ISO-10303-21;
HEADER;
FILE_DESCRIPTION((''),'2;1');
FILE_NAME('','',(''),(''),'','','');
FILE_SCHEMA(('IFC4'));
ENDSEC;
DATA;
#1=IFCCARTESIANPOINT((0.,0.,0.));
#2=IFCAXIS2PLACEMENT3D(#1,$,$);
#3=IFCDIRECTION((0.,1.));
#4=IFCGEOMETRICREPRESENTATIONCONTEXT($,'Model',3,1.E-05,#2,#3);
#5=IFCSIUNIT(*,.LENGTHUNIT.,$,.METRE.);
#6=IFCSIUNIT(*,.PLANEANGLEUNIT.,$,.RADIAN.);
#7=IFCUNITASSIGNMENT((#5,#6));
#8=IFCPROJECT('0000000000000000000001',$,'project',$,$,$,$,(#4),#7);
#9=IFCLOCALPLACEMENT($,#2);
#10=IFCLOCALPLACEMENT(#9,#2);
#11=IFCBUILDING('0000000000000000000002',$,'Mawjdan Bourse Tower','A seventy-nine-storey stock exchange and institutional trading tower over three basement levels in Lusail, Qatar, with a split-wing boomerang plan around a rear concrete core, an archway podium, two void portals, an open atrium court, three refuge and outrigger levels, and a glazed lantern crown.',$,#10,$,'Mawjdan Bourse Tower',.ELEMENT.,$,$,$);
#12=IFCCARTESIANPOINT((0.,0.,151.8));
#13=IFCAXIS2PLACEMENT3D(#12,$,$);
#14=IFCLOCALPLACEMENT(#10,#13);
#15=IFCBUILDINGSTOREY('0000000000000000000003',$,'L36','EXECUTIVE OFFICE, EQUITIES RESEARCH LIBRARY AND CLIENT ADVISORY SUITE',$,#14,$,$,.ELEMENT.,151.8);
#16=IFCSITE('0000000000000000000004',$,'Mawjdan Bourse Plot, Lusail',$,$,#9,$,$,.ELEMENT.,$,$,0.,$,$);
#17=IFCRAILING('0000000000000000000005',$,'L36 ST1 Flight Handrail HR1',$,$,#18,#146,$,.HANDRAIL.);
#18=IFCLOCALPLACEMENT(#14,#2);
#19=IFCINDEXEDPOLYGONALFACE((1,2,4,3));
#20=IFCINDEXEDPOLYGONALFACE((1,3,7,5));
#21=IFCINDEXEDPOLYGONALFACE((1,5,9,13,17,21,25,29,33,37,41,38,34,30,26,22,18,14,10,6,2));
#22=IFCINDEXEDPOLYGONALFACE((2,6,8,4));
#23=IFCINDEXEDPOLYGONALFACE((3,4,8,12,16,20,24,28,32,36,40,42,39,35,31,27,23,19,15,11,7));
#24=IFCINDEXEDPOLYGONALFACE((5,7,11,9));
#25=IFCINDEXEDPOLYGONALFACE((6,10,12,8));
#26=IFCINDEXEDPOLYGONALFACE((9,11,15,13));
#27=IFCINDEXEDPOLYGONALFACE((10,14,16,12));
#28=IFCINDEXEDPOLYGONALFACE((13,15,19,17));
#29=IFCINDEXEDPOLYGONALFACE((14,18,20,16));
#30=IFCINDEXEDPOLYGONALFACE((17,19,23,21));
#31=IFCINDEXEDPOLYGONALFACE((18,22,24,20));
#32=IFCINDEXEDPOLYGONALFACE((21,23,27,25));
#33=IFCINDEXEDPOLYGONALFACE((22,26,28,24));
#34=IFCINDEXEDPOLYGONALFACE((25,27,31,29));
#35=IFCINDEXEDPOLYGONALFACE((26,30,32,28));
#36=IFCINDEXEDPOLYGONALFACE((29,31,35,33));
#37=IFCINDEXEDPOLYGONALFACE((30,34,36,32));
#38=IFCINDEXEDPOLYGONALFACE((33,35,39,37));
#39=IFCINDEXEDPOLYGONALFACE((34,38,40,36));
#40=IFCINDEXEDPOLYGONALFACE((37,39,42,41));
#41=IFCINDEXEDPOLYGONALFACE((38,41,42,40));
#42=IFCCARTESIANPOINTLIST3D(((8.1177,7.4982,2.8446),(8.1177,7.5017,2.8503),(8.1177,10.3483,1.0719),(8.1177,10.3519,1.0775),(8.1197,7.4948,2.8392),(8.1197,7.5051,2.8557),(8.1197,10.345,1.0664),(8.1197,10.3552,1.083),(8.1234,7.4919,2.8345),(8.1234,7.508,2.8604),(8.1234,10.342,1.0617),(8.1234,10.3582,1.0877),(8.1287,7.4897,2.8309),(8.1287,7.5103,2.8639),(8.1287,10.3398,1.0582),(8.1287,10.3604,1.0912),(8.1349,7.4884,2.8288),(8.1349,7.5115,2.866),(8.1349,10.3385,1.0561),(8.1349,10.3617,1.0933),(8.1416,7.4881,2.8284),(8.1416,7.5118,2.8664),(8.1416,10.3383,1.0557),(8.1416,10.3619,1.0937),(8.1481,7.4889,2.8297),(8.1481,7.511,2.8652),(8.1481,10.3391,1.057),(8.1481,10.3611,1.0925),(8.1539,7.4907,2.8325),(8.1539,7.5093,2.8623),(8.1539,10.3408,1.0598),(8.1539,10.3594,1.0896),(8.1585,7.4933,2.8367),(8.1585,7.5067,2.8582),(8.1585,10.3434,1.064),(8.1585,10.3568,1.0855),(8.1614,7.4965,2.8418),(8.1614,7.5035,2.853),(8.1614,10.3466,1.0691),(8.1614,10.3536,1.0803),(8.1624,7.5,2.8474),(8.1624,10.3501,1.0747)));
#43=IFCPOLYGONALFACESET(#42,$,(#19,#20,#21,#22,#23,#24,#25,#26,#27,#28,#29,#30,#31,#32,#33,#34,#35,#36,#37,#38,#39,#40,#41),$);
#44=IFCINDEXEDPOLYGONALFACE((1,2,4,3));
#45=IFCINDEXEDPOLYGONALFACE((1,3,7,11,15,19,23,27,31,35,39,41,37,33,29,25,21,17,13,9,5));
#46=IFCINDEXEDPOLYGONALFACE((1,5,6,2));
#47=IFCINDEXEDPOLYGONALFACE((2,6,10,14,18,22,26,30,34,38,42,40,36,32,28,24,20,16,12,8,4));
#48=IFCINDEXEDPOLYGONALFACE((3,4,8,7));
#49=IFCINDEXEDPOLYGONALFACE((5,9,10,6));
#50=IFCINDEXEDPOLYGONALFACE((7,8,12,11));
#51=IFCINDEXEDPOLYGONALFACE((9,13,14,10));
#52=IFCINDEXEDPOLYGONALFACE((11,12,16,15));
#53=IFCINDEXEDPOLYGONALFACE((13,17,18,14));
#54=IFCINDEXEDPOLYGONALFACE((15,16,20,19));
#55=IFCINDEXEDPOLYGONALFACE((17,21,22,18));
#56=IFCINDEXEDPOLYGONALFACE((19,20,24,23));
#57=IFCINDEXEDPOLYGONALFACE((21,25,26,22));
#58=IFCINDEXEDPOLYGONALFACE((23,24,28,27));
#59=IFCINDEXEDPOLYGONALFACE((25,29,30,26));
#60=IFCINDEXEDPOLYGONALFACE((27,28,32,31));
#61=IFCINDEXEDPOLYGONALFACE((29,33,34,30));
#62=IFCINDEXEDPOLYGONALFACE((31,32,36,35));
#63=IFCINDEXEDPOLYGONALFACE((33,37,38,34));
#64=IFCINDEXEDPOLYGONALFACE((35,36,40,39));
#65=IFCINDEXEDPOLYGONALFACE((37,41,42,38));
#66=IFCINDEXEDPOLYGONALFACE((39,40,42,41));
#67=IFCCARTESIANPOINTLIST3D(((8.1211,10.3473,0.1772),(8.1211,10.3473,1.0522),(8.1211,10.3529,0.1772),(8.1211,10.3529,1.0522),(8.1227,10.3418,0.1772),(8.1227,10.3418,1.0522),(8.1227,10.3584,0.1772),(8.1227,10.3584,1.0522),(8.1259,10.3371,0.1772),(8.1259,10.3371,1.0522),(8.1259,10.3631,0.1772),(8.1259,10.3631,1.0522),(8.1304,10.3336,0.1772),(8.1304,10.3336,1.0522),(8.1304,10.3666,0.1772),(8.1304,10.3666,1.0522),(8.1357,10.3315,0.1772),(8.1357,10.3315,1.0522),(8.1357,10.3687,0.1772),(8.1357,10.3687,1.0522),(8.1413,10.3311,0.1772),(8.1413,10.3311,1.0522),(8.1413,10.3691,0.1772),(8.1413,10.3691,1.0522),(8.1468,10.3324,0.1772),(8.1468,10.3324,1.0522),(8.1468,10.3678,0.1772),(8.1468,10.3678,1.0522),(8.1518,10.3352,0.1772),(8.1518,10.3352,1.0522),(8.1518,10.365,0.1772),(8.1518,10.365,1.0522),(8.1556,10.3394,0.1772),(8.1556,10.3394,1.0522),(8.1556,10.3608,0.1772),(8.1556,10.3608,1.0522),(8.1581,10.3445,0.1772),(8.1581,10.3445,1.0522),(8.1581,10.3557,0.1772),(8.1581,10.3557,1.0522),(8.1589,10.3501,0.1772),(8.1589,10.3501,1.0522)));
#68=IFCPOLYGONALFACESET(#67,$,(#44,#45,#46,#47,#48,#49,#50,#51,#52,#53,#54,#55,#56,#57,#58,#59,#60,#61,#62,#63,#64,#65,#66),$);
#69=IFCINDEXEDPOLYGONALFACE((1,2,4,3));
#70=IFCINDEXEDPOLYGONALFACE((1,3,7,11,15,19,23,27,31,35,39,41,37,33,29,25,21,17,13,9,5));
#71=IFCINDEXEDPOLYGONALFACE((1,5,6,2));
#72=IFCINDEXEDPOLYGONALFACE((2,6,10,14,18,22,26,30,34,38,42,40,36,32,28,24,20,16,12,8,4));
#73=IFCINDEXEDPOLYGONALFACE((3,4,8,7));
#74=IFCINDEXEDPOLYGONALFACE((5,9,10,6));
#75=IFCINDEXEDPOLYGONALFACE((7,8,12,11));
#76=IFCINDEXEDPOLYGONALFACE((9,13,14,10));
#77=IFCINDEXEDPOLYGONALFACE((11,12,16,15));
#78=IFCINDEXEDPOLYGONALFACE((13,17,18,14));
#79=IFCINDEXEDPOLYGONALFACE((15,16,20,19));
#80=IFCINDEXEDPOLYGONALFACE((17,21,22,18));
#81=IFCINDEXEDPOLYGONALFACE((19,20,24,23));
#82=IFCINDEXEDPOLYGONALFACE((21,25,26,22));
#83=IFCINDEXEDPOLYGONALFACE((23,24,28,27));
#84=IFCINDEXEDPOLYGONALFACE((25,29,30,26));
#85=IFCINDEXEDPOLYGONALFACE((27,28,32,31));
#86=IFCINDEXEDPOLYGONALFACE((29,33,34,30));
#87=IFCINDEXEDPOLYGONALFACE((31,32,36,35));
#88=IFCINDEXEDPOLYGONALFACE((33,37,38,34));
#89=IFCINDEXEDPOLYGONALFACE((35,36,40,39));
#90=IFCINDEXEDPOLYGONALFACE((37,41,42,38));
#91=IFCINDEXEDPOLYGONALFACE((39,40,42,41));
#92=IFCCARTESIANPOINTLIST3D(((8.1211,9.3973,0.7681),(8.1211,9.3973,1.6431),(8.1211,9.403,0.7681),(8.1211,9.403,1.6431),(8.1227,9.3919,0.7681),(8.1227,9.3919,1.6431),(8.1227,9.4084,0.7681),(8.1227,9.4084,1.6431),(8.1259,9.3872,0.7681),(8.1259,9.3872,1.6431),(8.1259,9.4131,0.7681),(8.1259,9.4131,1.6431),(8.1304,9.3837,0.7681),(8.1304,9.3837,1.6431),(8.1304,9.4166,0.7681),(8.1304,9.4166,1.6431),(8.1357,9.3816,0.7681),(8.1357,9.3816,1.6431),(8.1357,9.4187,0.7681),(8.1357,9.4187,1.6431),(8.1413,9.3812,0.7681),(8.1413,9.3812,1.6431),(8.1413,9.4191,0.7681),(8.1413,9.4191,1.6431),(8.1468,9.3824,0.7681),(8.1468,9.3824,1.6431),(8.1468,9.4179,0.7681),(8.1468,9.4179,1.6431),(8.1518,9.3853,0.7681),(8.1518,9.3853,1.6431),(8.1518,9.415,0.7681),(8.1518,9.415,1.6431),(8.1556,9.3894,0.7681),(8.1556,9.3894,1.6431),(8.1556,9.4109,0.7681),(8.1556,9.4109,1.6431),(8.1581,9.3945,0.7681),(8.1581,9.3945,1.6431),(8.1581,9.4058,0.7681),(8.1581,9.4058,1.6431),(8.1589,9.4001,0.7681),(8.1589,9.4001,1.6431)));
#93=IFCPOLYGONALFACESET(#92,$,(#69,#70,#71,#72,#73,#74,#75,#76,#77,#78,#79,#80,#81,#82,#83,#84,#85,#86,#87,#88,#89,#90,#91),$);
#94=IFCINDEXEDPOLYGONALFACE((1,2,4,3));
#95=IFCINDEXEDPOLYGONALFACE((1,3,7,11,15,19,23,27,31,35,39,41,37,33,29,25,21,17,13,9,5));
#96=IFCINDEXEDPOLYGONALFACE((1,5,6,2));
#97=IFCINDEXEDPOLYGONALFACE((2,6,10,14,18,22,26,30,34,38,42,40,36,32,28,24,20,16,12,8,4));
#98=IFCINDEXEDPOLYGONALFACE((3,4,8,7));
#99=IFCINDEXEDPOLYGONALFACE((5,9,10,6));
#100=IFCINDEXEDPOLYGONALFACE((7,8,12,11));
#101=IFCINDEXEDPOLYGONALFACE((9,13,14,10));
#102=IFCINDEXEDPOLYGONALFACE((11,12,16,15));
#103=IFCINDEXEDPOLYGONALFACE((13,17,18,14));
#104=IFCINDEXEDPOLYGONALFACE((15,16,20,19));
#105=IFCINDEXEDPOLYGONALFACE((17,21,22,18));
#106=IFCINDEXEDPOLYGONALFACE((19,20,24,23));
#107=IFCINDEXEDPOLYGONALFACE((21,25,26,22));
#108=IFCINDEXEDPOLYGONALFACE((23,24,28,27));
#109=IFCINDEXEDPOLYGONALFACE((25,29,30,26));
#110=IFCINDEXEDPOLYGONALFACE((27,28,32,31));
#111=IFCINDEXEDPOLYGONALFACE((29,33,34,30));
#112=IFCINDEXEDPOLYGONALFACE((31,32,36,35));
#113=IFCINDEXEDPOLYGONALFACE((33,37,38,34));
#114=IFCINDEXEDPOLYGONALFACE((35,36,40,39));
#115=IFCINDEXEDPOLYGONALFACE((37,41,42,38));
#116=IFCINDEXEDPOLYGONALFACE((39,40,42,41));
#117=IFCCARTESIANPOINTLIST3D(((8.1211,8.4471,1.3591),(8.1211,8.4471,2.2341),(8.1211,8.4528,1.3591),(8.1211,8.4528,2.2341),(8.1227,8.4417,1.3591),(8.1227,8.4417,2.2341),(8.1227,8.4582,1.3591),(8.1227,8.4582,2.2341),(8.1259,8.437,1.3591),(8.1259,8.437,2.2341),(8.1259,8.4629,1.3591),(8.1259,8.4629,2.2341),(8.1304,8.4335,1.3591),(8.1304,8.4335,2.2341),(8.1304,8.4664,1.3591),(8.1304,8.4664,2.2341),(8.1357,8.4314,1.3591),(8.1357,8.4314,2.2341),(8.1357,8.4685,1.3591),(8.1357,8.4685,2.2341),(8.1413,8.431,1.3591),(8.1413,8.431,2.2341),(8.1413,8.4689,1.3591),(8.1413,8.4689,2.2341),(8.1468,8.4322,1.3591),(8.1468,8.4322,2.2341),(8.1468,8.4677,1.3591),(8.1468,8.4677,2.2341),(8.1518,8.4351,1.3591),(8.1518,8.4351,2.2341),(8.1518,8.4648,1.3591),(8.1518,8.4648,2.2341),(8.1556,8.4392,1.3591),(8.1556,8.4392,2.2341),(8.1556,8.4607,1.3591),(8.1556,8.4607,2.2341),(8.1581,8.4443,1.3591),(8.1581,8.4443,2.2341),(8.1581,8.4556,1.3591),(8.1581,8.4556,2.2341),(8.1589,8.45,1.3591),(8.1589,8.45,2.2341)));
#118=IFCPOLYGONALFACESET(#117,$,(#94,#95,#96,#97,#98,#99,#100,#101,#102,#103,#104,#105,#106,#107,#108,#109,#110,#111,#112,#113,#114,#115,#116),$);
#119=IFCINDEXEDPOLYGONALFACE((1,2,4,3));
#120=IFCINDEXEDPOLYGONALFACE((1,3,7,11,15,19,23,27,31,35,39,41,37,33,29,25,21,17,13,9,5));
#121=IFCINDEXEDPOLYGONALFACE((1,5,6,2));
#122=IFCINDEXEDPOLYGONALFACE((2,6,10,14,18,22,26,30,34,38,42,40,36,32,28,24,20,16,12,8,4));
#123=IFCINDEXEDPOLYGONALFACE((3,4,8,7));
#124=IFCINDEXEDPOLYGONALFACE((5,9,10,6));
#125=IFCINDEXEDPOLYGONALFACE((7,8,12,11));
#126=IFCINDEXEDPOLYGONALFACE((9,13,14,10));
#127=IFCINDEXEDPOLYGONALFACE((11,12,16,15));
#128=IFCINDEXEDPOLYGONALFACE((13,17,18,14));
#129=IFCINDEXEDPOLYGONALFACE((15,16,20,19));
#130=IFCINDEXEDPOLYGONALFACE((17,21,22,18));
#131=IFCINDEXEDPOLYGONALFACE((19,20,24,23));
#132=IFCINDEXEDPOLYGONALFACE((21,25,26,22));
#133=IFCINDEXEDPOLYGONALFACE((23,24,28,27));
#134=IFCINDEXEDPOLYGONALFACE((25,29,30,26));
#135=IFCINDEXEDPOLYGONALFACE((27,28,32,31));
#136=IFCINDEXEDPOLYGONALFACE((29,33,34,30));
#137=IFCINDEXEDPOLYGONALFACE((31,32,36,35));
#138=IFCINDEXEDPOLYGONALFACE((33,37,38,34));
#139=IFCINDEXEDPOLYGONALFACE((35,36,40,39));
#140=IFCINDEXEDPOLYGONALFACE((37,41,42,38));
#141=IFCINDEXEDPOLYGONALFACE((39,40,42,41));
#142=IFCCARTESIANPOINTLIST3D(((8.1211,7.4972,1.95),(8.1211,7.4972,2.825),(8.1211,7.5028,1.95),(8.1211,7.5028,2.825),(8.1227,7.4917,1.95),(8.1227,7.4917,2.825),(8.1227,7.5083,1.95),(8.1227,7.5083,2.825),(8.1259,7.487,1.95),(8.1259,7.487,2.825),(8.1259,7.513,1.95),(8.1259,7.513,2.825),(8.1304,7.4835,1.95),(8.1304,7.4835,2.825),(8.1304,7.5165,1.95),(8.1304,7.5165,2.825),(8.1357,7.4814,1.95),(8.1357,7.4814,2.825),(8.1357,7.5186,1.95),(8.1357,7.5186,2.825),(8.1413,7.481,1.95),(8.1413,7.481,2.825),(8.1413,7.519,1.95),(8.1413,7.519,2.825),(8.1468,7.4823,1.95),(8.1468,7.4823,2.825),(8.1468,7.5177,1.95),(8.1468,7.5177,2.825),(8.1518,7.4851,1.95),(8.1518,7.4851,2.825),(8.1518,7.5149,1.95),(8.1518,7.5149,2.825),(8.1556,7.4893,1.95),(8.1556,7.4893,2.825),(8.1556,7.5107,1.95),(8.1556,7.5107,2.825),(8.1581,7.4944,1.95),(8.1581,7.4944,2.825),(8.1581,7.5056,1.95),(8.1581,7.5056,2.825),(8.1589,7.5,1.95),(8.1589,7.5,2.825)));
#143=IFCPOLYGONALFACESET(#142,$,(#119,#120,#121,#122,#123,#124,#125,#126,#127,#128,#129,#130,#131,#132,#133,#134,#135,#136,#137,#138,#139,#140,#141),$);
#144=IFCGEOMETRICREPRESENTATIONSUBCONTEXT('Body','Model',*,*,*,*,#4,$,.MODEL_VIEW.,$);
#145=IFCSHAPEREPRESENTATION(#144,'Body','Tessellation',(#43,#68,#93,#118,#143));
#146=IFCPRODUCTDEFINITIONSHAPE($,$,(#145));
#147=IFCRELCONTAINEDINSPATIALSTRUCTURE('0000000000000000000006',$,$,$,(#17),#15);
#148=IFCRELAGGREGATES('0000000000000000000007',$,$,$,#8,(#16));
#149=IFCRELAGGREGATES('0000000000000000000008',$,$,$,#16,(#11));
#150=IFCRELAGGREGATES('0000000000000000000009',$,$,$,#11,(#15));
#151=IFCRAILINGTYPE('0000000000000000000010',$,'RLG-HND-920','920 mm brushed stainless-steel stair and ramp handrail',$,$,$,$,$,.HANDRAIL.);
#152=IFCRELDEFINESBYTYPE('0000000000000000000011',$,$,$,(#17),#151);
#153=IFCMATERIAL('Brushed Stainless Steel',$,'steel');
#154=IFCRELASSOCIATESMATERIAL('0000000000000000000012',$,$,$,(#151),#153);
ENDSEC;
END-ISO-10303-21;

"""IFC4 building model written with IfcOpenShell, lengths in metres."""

from ifc_helpers import new_model, si_unit, direction, frame, origin, origin_2d, place, context, subcontext, project, spatial, circle, extrude, material, type_object, element, save


model = new_model("IFC4")

# Units and contexts
model_context = context("Model", 3, precision=1e-05, world=origin(), true_north=direction((0.0, 1.0)))
body_context = subcontext(model_context, "Body", "Model", "MODEL_VIEW")
ifc_project = project(units=[si_unit("LENGTHUNIT", "METRE"), si_unit("PLANEANGLEUNIT", "RADIAN")], contexts=[model_context])

# Site, building, storey
site_placement = place(None, origin())
site = spatial("IfcSite", under=ifc_project, at=site_placement, Name="Mawjdan Bourse Plot, Lusail", CompositionType="ELEMENT", RefElevation=0.0)
building_placement = place(site_placement, origin())
building = spatial("IfcBuilding", under=site, at=building_placement, Name="Mawjdan Bourse Tower", Description="A seventy-nine-storey stock exchange and institutional trading tower over three basement levels in Lusail, Qatar, with a split-wing boomerang plan around a rear concrete core, an archway podium, two void portals, an open atrium court, three refuge and outrigger levels, and a glazed lantern crown.", LongName="Mawjdan Bourse Tower", CompositionType="ELEMENT")
storey_placement = place(building_placement, frame((0.0, 0.0, 151.8)))
storey = spatial("IfcBuildingStorey", under=building, at=storey_placement, Name="L36", Description="EXECUTIVE OFFICE, EQUITIES RESEARCH LIBRARY AND CLIENT ADVISORY SUITE", CompositionType="ELEMENT", Elevation=151.8)

# Railing
ifc_material_1 = material(Name="Brushed Stainless Steel", Category="steel")
railing_type_1 = type_object("IfcRailingType", Name="RLG-HND-920", Description="920 mm brushed stainless-steel stair and ramp handrail", PredefinedType="HANDRAIL", material=ifc_material_1)
for number, where, name in (
    (1, (8.1399, 10.3501, 0.1772), "L36 ST1 Flight Handrail HR1"),
):
    element("IfcRailing", number, at=place(storey_placement, frame(where)), inside=storey, type_object=railing_type_1, Name=name, PredefinedType="HANDRAIL", context=body_context, shape_type="SweptSolid", body=[
        extrude(circle(Radius=0.0225, at=origin_2d()), frame((0.0, 0.0, 0.8975), z_axis=(0.0, -0.849149, 0.528154), x_axis=(1.0, 0.0, 0.0)), (0.0, 0.0, 1.0), 3.3564),
        extrude(circle(Radius=0.019, at=origin_2d()), origin(), (0.0, 0.0, 1.0), 0.875),
        extrude(circle(Radius=0.019, at=origin_2d()), frame((0.0, -0.95, 0.5908)), (0.0, 0.0, 1.0), 0.875),
        extrude(circle(Radius=0.019, at=origin_2d()), frame((0.0, -1.9001, 1.1819)), (0.0, 0.0, 1.0), 0.875),
        extrude(circle(Radius=0.019, at=origin_2d()), frame((0.0, -2.8501, 1.7727)), (0.0, 0.0, 1.0), 0.875),
    ])

save(model, "model.ifc")
